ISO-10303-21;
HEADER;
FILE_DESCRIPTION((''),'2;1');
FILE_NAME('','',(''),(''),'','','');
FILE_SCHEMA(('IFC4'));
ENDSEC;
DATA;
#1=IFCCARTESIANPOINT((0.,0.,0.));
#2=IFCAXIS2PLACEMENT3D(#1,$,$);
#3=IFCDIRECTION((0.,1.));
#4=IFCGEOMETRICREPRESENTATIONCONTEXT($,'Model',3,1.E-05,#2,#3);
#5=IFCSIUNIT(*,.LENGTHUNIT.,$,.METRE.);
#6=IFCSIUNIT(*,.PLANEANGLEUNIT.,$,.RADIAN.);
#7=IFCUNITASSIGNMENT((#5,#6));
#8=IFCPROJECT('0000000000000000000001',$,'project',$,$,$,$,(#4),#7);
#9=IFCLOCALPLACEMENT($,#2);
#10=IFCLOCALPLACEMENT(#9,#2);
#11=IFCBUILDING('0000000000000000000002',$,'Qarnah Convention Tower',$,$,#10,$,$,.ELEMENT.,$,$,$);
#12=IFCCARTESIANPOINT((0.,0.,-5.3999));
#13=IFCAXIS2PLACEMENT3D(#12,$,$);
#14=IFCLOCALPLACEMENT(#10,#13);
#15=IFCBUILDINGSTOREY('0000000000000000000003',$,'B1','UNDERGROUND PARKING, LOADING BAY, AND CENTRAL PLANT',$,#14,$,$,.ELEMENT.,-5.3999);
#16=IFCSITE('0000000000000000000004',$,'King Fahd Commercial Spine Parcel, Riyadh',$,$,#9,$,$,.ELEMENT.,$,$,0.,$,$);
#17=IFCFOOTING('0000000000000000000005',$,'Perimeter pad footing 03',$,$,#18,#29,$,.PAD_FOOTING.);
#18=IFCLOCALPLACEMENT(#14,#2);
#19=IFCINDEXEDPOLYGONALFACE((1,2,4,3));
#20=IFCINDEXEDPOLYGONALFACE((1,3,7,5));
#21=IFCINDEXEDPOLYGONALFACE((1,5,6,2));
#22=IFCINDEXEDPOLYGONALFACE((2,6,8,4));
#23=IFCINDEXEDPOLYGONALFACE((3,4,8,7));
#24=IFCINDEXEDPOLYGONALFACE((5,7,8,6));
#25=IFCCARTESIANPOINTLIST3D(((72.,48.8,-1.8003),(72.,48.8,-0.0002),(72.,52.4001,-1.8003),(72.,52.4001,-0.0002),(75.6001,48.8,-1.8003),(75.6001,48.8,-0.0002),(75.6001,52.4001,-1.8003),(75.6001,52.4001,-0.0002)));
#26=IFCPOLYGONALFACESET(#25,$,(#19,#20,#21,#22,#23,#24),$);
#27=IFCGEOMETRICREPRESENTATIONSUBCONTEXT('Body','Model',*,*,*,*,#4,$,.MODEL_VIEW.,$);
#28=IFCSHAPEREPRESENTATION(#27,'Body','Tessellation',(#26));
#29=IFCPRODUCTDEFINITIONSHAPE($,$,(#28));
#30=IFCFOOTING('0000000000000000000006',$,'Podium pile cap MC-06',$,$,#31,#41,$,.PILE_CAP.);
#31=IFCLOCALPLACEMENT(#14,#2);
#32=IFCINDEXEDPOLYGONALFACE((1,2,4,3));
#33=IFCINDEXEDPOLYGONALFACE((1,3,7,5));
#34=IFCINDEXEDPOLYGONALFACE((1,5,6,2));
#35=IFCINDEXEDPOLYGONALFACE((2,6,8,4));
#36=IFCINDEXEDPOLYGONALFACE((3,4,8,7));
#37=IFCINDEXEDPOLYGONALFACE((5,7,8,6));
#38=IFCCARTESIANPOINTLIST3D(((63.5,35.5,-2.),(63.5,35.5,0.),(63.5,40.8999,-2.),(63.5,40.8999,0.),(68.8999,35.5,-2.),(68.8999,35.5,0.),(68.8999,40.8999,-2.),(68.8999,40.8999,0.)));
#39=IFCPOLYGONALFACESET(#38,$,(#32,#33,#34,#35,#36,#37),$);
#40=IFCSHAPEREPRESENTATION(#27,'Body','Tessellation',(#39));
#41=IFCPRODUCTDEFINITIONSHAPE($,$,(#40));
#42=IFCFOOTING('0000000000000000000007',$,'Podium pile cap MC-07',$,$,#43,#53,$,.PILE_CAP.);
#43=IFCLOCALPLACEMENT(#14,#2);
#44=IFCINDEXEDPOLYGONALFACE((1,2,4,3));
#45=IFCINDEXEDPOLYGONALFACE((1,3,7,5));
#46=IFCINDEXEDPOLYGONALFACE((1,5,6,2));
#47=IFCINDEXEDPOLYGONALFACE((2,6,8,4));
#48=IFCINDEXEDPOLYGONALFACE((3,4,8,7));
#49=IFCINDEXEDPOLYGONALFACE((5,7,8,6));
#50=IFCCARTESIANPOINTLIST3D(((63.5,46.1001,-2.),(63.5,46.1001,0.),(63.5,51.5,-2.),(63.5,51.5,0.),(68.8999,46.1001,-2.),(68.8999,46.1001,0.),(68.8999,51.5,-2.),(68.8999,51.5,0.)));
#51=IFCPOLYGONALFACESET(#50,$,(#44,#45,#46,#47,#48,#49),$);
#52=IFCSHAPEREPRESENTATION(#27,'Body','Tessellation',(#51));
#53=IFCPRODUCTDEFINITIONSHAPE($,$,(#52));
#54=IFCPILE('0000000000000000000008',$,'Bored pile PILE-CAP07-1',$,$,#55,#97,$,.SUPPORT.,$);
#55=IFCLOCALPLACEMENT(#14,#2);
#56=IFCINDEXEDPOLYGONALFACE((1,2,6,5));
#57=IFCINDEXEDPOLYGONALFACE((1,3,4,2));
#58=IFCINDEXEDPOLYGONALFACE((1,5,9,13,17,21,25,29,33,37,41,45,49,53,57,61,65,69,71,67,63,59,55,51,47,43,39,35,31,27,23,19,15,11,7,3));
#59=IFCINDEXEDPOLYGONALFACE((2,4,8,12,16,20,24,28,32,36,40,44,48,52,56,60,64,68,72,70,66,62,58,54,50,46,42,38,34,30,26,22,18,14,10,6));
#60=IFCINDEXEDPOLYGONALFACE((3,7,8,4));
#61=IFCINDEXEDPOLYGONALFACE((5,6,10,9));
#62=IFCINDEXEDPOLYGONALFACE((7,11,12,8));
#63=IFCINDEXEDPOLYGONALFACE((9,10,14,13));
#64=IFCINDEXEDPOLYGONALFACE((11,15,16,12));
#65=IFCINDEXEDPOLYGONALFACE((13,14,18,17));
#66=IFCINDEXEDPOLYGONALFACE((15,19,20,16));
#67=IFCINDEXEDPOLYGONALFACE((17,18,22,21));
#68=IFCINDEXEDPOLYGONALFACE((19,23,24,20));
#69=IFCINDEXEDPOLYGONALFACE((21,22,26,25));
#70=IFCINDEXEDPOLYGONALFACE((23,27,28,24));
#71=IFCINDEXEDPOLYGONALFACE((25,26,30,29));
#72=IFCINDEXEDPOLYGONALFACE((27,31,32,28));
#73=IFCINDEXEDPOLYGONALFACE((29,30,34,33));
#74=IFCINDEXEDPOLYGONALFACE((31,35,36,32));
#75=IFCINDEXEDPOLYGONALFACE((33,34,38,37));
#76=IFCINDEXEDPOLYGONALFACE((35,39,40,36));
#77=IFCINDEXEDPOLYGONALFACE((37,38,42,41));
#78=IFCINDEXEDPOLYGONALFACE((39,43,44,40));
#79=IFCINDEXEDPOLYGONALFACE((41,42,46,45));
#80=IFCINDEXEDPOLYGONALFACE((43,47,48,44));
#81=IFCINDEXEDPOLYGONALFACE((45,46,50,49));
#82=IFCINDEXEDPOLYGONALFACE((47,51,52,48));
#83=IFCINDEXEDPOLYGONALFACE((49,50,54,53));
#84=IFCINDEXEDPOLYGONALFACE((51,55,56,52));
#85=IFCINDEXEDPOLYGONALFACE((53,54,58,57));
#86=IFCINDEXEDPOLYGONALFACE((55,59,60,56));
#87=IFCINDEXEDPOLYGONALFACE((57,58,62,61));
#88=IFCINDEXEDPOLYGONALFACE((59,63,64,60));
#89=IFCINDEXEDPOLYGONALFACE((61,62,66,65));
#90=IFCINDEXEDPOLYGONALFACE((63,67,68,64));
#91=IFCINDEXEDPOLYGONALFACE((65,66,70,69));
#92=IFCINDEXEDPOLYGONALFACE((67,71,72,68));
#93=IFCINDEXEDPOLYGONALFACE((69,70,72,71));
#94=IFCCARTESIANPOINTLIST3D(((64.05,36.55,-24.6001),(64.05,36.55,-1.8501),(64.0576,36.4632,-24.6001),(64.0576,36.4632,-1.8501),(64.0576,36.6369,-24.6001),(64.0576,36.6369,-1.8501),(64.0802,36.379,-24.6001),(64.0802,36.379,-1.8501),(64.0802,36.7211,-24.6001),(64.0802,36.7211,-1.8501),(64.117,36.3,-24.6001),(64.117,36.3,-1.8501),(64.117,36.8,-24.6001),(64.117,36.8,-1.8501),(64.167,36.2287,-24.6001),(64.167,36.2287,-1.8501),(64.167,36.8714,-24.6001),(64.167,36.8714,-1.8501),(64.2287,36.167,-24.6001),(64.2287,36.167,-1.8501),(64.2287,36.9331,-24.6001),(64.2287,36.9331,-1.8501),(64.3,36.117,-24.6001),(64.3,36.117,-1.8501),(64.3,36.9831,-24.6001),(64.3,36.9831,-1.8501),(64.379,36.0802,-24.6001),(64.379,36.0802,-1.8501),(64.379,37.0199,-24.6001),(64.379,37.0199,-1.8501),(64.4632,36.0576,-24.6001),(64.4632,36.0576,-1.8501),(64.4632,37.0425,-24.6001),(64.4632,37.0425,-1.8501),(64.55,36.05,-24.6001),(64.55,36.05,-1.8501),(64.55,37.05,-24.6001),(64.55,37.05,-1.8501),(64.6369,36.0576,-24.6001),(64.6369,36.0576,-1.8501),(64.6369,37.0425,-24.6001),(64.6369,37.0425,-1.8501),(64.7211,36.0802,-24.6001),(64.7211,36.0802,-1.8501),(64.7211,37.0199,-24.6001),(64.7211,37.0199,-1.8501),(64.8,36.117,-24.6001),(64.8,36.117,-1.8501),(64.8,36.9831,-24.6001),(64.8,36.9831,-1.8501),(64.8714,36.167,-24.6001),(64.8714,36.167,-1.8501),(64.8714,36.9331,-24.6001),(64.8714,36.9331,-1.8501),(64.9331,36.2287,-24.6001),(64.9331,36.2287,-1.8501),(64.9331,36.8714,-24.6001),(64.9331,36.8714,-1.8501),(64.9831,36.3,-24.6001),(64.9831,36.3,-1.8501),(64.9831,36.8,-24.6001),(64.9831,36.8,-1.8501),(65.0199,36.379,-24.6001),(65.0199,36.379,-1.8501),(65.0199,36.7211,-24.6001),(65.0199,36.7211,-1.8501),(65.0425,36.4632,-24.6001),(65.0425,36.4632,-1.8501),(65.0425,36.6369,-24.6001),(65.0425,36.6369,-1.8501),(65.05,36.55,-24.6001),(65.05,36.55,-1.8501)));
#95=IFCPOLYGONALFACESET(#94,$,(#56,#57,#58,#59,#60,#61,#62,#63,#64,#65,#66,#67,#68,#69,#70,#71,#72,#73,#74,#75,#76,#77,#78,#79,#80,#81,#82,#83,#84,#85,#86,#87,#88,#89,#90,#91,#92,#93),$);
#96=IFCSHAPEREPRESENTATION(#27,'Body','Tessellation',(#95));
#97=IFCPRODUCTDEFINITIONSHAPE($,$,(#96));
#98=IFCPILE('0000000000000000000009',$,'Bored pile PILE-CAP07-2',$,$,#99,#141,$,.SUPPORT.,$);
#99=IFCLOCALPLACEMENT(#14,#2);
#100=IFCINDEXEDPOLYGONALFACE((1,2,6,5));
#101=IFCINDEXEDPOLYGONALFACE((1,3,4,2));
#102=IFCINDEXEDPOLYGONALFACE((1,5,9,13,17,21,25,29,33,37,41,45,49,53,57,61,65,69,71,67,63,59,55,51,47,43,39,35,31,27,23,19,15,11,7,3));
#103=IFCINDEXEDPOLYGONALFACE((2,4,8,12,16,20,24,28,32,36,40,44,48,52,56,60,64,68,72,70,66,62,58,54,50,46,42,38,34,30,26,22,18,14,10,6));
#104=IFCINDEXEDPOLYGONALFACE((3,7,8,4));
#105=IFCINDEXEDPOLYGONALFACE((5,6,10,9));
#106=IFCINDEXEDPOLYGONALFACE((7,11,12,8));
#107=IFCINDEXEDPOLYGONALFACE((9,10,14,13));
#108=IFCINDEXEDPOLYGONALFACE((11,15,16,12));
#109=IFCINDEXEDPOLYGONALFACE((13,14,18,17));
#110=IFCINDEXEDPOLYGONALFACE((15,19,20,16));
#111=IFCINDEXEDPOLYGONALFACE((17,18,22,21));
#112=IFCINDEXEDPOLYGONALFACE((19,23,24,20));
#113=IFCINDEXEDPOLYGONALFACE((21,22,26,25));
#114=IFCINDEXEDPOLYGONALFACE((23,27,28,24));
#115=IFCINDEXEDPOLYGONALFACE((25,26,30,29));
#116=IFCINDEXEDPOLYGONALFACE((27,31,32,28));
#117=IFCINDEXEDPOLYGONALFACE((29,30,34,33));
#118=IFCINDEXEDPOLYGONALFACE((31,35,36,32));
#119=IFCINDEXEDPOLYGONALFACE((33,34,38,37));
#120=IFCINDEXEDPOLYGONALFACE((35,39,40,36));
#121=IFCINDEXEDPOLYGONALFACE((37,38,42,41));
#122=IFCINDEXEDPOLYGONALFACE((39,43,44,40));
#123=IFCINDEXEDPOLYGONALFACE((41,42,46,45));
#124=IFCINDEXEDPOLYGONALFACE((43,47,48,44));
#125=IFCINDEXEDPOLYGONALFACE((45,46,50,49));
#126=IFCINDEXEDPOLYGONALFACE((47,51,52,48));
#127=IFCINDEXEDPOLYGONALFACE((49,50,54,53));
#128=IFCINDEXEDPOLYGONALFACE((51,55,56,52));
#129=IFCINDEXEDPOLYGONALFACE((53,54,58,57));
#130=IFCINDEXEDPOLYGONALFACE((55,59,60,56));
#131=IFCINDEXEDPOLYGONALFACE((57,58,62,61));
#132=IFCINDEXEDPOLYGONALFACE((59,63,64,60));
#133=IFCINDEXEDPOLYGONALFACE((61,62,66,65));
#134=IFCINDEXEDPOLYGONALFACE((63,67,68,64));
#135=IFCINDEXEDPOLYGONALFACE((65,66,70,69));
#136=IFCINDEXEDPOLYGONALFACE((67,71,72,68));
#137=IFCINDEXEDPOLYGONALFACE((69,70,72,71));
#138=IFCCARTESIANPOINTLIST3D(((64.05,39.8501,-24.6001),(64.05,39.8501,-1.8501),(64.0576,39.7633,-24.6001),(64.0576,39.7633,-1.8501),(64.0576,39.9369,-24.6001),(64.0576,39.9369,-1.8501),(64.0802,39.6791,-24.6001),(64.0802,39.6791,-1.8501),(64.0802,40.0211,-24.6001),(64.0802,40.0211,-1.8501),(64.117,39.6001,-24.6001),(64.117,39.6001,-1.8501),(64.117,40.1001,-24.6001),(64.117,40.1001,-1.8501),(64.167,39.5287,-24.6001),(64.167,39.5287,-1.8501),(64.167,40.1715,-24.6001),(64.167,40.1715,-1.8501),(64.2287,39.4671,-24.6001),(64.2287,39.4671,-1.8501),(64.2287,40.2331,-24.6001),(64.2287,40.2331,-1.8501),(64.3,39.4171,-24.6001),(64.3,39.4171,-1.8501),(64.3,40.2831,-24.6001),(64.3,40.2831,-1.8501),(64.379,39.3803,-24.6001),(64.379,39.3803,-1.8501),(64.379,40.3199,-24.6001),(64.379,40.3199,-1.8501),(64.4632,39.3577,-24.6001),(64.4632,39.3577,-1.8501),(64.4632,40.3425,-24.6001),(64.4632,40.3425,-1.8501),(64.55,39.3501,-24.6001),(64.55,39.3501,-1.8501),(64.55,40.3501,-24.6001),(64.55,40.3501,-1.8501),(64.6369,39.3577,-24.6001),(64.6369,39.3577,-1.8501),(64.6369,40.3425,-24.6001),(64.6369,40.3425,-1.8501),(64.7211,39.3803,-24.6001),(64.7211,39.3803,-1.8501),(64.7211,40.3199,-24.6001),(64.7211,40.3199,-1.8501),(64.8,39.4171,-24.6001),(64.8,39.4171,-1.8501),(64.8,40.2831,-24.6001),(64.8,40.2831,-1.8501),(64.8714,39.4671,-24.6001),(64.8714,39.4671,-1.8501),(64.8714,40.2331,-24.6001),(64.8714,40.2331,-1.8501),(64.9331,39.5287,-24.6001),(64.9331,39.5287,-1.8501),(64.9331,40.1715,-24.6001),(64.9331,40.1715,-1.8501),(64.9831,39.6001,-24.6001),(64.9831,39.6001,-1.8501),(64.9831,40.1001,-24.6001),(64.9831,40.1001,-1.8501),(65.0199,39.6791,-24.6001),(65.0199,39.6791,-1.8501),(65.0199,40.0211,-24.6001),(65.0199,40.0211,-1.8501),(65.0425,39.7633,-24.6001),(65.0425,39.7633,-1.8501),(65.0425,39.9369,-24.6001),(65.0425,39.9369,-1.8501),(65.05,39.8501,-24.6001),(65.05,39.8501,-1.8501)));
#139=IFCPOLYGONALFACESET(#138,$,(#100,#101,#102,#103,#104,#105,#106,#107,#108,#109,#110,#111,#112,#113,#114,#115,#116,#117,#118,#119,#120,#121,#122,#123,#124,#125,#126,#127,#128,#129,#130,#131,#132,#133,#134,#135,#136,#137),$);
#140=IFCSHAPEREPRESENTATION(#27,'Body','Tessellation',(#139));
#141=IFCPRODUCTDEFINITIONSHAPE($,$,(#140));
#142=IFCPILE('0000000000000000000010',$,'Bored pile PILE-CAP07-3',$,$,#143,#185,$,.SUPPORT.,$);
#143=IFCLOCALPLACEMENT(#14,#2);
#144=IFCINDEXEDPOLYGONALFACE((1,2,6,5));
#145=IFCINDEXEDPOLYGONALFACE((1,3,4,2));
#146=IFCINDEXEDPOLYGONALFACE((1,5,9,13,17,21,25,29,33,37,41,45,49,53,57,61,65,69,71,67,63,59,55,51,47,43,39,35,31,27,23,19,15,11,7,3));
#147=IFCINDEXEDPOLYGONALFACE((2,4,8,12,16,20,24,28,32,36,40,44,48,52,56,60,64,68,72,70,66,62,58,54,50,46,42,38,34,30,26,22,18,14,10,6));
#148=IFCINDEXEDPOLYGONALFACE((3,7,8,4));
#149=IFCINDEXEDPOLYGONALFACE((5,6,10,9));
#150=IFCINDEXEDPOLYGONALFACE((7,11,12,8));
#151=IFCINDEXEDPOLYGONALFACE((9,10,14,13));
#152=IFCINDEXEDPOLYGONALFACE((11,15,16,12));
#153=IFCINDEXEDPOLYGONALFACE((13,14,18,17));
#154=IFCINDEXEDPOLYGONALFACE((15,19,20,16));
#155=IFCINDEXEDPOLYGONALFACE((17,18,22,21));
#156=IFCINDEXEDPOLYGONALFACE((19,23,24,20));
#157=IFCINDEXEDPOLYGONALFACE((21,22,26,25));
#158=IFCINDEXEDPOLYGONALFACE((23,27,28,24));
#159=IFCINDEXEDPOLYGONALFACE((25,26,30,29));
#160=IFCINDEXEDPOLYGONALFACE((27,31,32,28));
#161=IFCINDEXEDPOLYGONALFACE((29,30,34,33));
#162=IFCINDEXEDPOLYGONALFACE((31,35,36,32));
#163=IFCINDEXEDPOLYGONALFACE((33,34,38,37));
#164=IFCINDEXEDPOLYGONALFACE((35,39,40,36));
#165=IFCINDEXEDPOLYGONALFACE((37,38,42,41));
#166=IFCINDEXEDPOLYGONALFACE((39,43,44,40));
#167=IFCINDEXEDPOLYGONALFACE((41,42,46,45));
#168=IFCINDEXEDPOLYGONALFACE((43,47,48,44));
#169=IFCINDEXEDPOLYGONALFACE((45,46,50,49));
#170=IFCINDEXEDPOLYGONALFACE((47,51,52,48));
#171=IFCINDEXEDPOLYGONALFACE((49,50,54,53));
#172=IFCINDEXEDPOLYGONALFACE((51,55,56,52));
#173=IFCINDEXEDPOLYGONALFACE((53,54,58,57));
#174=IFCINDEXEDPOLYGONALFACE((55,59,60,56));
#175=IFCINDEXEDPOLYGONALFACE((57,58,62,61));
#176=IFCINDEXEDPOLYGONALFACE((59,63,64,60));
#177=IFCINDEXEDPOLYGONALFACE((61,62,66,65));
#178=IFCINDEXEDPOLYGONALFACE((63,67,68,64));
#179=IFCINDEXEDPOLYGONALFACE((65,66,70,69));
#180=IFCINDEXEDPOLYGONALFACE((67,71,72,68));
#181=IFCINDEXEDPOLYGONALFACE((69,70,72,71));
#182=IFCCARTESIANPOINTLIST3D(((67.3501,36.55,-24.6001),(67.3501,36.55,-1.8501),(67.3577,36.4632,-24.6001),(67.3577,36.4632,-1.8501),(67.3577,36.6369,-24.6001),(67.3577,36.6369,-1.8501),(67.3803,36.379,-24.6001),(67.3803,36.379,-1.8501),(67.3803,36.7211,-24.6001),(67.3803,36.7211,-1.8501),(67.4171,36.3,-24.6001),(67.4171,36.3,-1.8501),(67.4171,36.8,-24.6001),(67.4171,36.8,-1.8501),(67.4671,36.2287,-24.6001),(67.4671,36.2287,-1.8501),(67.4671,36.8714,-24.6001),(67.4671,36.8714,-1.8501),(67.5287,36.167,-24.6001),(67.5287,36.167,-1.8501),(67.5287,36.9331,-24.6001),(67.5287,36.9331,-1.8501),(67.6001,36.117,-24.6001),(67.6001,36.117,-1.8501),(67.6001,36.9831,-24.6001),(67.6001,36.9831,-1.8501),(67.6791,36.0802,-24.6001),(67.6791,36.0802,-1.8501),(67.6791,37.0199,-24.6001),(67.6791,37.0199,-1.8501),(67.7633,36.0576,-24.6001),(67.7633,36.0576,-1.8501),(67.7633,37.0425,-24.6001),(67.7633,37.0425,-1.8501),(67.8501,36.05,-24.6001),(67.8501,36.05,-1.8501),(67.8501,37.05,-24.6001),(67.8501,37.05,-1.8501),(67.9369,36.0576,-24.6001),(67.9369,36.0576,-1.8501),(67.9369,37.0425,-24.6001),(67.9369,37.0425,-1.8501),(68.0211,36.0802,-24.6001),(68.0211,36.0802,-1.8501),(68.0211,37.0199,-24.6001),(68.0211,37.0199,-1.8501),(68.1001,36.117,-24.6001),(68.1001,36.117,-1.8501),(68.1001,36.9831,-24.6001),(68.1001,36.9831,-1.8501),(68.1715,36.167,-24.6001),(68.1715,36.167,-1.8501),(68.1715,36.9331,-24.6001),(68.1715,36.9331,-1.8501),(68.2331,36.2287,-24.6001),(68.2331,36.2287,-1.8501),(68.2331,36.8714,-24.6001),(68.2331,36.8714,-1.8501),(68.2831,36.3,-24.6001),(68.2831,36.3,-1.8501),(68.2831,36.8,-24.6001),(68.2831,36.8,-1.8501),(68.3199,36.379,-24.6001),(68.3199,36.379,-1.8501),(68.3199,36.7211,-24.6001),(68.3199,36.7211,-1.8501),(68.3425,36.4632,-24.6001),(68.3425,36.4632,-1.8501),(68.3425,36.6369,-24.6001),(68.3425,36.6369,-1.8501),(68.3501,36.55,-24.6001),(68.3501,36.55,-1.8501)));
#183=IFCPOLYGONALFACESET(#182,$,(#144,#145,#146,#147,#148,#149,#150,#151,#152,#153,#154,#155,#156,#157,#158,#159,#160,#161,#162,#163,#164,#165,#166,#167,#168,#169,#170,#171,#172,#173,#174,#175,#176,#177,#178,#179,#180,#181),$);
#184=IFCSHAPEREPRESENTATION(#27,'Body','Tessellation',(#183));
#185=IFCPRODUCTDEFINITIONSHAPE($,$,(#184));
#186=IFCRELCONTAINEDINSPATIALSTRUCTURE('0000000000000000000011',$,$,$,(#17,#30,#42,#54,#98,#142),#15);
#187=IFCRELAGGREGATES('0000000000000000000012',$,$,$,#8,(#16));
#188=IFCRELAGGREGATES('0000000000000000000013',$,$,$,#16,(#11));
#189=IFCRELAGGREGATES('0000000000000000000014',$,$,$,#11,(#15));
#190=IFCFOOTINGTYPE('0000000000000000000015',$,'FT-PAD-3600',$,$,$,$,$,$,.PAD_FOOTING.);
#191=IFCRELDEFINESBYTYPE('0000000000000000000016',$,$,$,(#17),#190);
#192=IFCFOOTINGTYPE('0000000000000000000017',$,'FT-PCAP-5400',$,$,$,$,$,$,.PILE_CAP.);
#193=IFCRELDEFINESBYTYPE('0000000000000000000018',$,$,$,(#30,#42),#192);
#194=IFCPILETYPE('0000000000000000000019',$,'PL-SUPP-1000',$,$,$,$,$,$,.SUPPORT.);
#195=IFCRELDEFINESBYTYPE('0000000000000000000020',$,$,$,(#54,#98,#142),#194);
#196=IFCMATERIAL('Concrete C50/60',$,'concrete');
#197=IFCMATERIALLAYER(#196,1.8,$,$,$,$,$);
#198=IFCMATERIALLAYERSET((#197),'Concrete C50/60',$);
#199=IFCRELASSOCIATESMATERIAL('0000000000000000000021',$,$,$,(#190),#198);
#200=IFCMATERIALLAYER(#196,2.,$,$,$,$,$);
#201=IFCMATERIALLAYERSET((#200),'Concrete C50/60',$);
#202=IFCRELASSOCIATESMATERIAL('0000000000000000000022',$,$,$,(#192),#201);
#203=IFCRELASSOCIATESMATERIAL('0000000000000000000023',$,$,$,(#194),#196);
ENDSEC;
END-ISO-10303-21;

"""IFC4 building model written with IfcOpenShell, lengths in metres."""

from ifc_helpers import new_model, si_unit, direction, frame, origin, origin_2d, place, context, subcontext, project, spatial, rectangle, circle, extrude, material, layer, layer_set, material_profile, profile_set, type_object, element, save


model = new_model("IFC4")

# Units and contexts
model_context = context("Model", 3, precision=1e-05, world=origin(), true_north=direction((0.0, 1.0)))
body_context = subcontext(model_context, "Body", "Model", "MODEL_VIEW")
ifc_project = project(units=[si_unit("LENGTHUNIT", "METRE"), si_unit("PLANEANGLEUNIT", "RADIAN")], contexts=[model_context])

# Site, building, storey
site_placement = place(None, origin())
site = spatial("IfcSite", under=ifc_project, at=site_placement, Name="King Fahd Commercial Spine Parcel, Riyadh", CompositionType="ELEMENT", RefElevation=0.0)
building_placement = place(site_placement, origin())
building = spatial("IfcBuilding", under=site, at=building_placement, Name="Qarnah Convention Tower", CompositionType="ELEMENT")
storey_placement = place(building_placement, frame((0.0, 0.0, -5.3999)))
storey = spatial("IfcBuildingStorey", under=building, at=storey_placement, Name="B1", Description="UNDERGROUND PARKING, LOADING BAY, AND CENTRAL PLANT", CompositionType="ELEMENT", Elevation=-5.3999)

# Footings
ifc_material_1 = material(Name="Concrete C50/60", Category="concrete")
ifc_layer_1 = layer(ifc_material_1, 1.8)
ifc_layer_set_1 = layer_set([ifc_layer_1], Name="Concrete C50/60")
footing_type_1 = type_object("IfcFootingType", Name="FT-PAD-3600", PredefinedType="PAD_FOOTING", material=ifc_layer_set_1)
footing_placement = place(storey_placement, frame((73.8, 50.6001, -1.8003), z_axis=(0.0, 0.0, 1.0), x_axis=(1.0, 0.0, 0.0)))
element("IfcFooting", 1, at=footing_placement, inside=storey, type_object=footing_type_1, Name="Perimeter pad footing 03", PredefinedType="PAD_FOOTING", context=body_context, shape_type="SweptSolid", body=[
    extrude(rectangle(XDim=3.6001, YDim=3.6001, at=origin_2d()), origin(), (0.0, 0.0, 1.0), 1.8),
])
ifc_layer_2 = layer(ifc_material_1, 2.0)
ifc_layer_set_2 = layer_set([ifc_layer_2], Name="Concrete C50/60")
footing_type_2 = type_object("IfcFootingType", Name="FT-PCAP-5400", PredefinedType="PILE_CAP", material=ifc_layer_set_2)
for number, where, z_axis, x_axis, name in (
    (2, (66.2, 38.2, -2.0), (0.0, 0.0, 1.0), (1.0, 0.0, 0.0), "Podium pile cap MC-06"),
    (3, (66.2, 48.8, -2.0), (0.0, 0.0, 1.0), (1.0, 0.0, 0.0), "Podium pile cap MC-07"),
):
    element("IfcFooting", number, at=place(storey_placement, frame(where, z_axis=z_axis, x_axis=x_axis)), inside=storey, type_object=footing_type_2, Name=name, PredefinedType="PILE_CAP", context=body_context, shape_type="SweptSolid", body=[
        extrude(rectangle(XDim=5.3999, YDim=5.3999, at=origin_2d()), origin(), (0.0, 0.0, 1.0), 2.0),
    ])

# Piles
ifc_material_profile_1 = material_profile(ifc_material_1, circle(Radius=0.5, at=origin_2d()), Name="PILE-D1000")
ifc_profile_set_1 = profile_set([ifc_material_profile_1], Name="Concrete C50/60")
pile_type_1 = type_object("IfcPileType", Name="PL-SUPP-1000", PredefinedType="SUPPORT", material=ifc_profile_set_1)
for number, where, z_axis, x_axis, name in (
    (4, (64.55, 36.55, -1.8501), (0.0, 0.0, -1.0), (1.0, 0.0, 0.0), "Bored pile PILE-CAP07-1"),
    (5, (64.55, 39.8501, -1.8501), (0.0, 0.0, -1.0), (1.0, 0.0, 0.0), "Bored pile PILE-CAP07-2"),
    (6, (67.8501, 36.55, -1.8501), (0.0, 0.0, -1.0), (1.0, 0.0, 0.0), "Bored pile PILE-CAP07-3"),
):
    element("IfcPile", number, at=place(storey_placement, frame(where, z_axis=z_axis, x_axis=x_axis)), inside=storey, type_object=pile_type_1, Name=name, PredefinedType="SUPPORT", context=body_context, shape_type="SweptSolid", body=[
        extrude(circle(Radius=0.5, at=origin_2d()), origin(), (0.0, 0.0, 1.0), 22.75),
    ])

save(model, "model.ifc")
